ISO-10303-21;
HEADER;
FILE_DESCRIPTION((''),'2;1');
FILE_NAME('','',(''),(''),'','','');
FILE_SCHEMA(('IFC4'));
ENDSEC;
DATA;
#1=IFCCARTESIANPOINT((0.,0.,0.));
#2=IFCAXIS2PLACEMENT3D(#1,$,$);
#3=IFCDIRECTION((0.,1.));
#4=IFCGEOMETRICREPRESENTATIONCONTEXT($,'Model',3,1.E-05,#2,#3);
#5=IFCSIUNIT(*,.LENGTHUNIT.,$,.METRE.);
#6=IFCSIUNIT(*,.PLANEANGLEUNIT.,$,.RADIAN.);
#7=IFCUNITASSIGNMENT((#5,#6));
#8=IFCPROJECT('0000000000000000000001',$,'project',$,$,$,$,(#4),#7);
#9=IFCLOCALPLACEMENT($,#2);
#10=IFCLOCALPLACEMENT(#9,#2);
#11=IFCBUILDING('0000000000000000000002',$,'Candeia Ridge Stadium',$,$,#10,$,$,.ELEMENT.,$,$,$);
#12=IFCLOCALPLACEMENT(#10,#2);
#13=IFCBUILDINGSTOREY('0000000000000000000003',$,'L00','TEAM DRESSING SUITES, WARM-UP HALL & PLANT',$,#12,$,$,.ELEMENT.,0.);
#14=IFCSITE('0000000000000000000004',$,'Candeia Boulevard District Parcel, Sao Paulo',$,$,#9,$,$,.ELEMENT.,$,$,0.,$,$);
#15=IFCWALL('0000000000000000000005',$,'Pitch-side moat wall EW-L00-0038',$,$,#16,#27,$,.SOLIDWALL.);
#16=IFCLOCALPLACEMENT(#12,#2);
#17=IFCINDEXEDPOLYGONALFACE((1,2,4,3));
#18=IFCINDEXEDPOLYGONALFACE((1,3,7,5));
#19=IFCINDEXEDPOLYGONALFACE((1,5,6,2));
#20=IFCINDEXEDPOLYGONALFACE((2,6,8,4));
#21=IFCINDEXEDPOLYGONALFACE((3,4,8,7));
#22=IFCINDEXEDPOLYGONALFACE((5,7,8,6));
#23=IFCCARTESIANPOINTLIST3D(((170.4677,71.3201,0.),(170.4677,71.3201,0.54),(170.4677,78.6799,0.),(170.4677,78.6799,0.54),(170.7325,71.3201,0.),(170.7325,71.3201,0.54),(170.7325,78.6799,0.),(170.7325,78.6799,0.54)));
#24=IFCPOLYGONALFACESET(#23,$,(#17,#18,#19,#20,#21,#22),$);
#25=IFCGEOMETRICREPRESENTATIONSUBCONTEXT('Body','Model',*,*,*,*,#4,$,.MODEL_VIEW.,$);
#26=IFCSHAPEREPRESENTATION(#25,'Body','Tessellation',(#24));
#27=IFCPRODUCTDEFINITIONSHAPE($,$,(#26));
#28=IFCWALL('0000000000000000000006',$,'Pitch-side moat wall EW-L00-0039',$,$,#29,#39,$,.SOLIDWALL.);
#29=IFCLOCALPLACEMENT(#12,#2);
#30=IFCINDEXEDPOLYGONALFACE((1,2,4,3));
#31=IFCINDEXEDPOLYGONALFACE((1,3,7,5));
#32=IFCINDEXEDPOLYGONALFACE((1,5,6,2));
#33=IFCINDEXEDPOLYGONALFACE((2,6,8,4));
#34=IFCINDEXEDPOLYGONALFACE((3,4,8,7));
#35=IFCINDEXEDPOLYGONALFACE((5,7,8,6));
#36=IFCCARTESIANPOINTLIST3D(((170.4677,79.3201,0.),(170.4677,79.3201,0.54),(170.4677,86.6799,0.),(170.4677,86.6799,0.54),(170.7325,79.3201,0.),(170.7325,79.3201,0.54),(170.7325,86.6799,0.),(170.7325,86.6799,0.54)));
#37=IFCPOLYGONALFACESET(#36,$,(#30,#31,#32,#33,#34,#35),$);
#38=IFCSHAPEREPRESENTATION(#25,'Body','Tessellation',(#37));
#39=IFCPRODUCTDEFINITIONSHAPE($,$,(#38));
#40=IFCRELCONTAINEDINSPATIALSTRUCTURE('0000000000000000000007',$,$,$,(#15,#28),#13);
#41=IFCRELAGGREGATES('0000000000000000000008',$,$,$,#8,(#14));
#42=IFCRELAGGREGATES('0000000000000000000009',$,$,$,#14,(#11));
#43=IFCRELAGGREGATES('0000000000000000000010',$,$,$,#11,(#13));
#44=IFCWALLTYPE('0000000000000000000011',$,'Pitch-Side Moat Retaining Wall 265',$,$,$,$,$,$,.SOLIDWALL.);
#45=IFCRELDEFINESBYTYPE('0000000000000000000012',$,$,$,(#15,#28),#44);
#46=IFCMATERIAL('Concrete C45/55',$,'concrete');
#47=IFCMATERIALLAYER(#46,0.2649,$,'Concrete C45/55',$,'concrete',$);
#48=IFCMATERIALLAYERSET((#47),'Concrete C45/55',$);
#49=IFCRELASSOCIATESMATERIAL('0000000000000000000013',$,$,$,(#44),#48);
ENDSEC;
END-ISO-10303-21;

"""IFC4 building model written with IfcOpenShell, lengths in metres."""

from ifc_helpers import new_model, si_unit, direction, frame, frame_2d, origin, place, context, subcontext, project, spatial, rectangle, extrude, material, layer, layer_set, type_object, element, save


model = new_model("IFC4")

# Units and contexts
model_context = context("Model", 3, precision=1e-05, world=origin(), true_north=direction((0.0, 1.0)))
body_context = subcontext(model_context, "Body", "Model", "MODEL_VIEW")
ifc_project = project(units=[si_unit("LENGTHUNIT", "METRE"), si_unit("PLANEANGLEUNIT", "RADIAN")], contexts=[model_context])

# Site, building, storey
site_placement = place(None, origin())
site = spatial("IfcSite", under=ifc_project, at=site_placement, Name="Candeia Boulevard District Parcel, Sao Paulo", CompositionType="ELEMENT", RefElevation=0.0)
building_placement = place(site_placement, origin())
building = spatial("IfcBuilding", under=site, at=building_placement, Name="Candeia Ridge Stadium", CompositionType="ELEMENT")
storey_placement = place(building_placement, origin())
storey = spatial("IfcBuildingStorey", under=building, at=storey_placement, Name="L00", Description="TEAM DRESSING SUITES, WARM-UP HALL & PLANT", CompositionType="ELEMENT", Elevation=0.0)

# Shared definitions
ifc_material_1 = material(Name="Concrete C45/55", Category="concrete")

# Walls
ifc_layer_1 = layer(ifc_material_1, 0.2649, Name="Concrete C45/55", Category="concrete")
ifc_layer_set_1 = layer_set([ifc_layer_1], Name="Concrete C45/55")
wall_type = type_object("IfcWallType", Name="Pitch-Side Moat Retaining Wall 265", PredefinedType="SOLIDWALL", material=ifc_layer_set_1)
for number, where, z_axis, x_axis, name in (
    (1, (170.6001, 71.3201, 0.0), (0.0, 0.0, 1.0), (0.0, 1.0, 0.0), "Pitch-side moat wall EW-L00-0038"),
    (2, (170.6001, 79.3201, 0.0), (0.0, 0.0, 1.0), (0.0, 1.0, 0.0), "Pitch-side moat wall EW-L00-0039"),
):
    element("IfcWall", number, at=place(storey_placement, frame(where, z_axis=z_axis, x_axis=x_axis)), inside=storey, type_object=wall_type, Name=name, PredefinedType="SOLIDWALL", context=body_context, shape_type="SweptSolid", body=[
        extrude(rectangle(XDim=7.3599, YDim=0.2649, at=frame_2d((3.6799, 0.0))), origin(), (0.0, 0.0, 1.0), 0.54),
    ])

save(model, "model.ifc")
